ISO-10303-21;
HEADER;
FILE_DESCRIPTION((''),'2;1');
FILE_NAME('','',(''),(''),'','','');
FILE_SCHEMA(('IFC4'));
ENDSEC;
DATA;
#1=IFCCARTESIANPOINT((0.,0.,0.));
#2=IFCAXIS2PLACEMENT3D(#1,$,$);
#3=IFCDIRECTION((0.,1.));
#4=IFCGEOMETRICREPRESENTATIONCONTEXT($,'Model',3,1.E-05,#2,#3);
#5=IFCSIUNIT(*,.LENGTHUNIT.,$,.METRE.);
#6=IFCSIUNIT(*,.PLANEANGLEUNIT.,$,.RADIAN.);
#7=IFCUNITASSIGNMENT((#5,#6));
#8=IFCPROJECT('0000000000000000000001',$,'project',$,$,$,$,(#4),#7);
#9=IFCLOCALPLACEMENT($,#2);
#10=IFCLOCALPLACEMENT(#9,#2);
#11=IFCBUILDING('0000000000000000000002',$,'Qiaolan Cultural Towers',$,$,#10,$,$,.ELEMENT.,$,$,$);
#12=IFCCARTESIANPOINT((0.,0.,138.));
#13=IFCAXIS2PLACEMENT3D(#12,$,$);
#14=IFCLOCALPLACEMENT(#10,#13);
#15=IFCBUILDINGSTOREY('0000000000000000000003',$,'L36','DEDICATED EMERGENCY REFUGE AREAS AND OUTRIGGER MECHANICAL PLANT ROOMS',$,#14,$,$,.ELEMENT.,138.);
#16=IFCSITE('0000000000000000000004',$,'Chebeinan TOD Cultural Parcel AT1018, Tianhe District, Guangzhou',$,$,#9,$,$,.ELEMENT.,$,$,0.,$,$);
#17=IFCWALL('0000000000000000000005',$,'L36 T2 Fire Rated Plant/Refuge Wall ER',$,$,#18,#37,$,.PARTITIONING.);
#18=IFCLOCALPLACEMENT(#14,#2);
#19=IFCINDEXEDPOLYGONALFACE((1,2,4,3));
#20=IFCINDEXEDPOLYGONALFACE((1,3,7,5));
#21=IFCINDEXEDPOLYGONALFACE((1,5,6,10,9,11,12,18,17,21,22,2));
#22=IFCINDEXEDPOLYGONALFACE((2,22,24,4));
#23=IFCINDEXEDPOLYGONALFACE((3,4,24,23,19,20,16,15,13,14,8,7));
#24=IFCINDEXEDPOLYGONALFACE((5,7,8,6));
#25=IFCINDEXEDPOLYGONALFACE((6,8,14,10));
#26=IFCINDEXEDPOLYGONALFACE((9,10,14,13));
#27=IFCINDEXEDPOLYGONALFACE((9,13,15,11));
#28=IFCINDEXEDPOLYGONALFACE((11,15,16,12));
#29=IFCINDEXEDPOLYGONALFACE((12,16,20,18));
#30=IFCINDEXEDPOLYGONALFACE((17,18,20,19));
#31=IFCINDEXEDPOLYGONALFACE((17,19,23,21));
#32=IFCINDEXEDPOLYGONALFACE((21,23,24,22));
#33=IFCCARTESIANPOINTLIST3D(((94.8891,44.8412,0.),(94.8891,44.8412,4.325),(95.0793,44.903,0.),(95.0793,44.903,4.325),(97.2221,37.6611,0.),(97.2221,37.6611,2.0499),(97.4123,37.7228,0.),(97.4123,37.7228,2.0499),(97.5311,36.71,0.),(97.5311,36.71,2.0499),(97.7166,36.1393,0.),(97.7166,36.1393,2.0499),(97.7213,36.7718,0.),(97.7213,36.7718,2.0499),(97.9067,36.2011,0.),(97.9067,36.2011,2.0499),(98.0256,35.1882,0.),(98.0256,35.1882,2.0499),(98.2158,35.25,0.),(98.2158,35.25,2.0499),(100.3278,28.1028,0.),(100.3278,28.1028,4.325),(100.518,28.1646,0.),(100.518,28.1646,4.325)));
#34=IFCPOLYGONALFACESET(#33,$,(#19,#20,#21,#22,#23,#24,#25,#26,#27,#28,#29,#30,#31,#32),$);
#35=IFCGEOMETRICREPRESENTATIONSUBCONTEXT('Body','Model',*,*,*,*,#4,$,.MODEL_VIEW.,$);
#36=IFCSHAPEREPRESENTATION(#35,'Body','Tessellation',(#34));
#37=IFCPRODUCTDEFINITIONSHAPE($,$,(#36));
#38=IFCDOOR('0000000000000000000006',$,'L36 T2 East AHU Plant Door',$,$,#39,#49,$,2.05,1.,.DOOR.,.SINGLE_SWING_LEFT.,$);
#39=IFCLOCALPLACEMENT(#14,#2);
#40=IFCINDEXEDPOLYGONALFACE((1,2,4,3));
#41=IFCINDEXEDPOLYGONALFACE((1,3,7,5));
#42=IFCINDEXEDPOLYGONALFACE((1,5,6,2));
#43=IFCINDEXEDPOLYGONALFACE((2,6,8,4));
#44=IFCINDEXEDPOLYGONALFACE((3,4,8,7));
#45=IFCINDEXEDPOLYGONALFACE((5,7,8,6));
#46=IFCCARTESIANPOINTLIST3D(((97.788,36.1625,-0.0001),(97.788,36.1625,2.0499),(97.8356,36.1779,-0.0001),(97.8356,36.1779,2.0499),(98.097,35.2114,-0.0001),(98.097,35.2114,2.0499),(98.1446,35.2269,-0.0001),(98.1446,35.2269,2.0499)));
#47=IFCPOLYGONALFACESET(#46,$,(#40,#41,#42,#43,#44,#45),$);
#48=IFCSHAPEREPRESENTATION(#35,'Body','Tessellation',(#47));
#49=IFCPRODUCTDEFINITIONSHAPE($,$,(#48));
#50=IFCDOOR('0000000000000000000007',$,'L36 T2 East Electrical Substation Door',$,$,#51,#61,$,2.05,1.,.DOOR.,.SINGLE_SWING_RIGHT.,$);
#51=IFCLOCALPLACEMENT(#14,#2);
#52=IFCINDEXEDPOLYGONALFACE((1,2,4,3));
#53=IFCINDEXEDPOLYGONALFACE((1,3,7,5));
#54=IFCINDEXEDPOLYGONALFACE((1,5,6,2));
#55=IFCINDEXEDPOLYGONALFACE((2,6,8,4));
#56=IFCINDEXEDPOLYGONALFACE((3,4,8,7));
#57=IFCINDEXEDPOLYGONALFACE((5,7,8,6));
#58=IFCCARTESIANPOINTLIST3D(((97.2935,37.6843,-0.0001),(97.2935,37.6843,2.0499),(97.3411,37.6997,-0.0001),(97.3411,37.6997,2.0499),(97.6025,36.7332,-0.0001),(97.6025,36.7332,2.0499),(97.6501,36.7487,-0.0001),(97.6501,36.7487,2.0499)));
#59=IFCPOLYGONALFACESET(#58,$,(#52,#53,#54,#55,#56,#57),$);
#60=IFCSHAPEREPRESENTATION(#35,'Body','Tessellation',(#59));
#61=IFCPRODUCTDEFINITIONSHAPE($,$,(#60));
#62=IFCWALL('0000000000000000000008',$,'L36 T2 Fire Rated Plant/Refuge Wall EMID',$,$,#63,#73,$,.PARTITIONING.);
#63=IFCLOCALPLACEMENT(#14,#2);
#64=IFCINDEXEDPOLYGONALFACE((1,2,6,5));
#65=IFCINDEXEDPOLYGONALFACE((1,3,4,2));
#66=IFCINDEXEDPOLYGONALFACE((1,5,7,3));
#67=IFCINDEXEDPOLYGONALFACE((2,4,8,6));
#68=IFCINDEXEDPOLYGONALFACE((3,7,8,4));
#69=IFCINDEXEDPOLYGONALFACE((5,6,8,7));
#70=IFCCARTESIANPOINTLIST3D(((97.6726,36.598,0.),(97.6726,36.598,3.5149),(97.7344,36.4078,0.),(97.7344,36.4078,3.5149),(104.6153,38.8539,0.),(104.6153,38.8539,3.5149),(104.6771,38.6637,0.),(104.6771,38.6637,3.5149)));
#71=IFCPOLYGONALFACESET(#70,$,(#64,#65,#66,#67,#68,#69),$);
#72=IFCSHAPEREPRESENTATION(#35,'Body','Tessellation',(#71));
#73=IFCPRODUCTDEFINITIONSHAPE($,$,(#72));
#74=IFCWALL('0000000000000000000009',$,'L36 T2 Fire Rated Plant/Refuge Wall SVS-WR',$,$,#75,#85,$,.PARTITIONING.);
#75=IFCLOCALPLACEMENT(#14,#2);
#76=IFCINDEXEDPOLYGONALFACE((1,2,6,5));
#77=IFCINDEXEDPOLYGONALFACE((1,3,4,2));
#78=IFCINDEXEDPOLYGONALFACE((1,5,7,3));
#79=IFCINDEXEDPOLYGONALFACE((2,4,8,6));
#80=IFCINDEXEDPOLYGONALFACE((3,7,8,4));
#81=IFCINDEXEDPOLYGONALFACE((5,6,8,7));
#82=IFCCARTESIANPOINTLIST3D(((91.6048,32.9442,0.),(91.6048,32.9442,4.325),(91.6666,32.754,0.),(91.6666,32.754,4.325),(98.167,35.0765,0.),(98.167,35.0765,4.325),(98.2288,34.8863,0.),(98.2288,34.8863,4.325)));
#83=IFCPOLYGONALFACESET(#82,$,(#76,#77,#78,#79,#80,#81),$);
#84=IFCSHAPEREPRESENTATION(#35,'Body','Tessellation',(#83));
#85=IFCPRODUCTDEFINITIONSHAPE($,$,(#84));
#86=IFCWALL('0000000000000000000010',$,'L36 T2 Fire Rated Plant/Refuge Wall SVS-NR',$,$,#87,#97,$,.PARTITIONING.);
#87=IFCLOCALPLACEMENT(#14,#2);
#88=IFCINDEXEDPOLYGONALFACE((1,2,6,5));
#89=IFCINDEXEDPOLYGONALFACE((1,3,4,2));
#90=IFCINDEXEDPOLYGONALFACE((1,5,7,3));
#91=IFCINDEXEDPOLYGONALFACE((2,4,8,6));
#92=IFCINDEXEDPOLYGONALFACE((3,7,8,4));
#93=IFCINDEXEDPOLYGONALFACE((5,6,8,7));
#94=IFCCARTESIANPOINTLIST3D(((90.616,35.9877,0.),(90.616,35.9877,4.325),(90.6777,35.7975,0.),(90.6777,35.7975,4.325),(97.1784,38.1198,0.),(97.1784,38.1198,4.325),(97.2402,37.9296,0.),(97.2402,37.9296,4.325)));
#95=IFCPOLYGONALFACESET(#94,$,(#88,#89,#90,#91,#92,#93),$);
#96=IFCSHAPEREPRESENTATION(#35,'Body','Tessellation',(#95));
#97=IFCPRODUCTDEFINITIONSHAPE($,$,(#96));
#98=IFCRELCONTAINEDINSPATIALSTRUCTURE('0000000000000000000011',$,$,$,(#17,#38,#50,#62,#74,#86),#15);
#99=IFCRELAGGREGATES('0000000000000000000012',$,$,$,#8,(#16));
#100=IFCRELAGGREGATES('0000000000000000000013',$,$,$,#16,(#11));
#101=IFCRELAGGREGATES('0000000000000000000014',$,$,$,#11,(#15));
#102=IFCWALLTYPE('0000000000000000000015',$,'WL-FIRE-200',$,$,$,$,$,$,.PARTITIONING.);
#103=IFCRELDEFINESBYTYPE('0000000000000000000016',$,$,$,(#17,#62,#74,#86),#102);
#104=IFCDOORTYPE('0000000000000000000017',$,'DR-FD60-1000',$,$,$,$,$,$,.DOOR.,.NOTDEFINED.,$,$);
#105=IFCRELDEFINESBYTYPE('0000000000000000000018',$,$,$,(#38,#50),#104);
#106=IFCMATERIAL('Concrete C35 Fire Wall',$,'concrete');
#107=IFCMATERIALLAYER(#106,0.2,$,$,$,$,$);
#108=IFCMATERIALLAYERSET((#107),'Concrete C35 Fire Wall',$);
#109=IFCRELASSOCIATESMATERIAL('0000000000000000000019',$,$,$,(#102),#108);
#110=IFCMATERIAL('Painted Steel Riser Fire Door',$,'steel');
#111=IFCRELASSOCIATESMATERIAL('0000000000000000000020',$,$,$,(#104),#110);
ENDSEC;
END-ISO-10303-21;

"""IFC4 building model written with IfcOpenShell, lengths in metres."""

from ifc_helpers import new_model, si_unit, direction, frame, frame_2d, origin, place, context, subcontext, project, spatial, rectangle, extrude, material, layer, layer_set, type_object, element, fill, save


model = new_model("IFC4")

# Units and contexts
model_context = context("Model", 3, precision=1e-05, world=origin(), true_north=direction((0.0, 1.0)))
body_context = subcontext(model_context, "Body", "Model", "MODEL_VIEW")
ifc_project = project(units=[si_unit("LENGTHUNIT", "METRE"), si_unit("PLANEANGLEUNIT", "RADIAN")], contexts=[model_context])

# Site, building, storey
site_placement = place(None, origin())
site = spatial("IfcSite", under=ifc_project, at=site_placement, Name="Chebeinan TOD Cultural Parcel AT1018, Tianhe District, Guangzhou", CompositionType="ELEMENT", RefElevation=0.0)
building_placement = place(site_placement, origin())
building = spatial("IfcBuilding", under=site, at=building_placement, Name="Qiaolan Cultural Towers", CompositionType="ELEMENT")
storey_placement = place(building_placement, frame((0.0, 0.0, 138.0)))
storey = spatial("IfcBuildingStorey", under=building, at=storey_placement, Name="L36", Description="DEDICATED EMERGENCY REFUGE AREAS AND OUTRIGGER MECHANICAL PLANT ROOMS", CompositionType="ELEMENT", Elevation=138.0)

# Shared definitions
ifc_material_1 = material(Name="Concrete C35 Fire Wall", Category="concrete")
ifc_layer_1 = layer(ifc_material_1, 0.2)
ifc_layer_set_1 = layer_set([ifc_layer_1], Name="Concrete C35 Fire Wall")
wall_type = type_object("IfcWallType", Name="WL-FIRE-200", PredefinedType="PARTITIONING", material=ifc_layer_set_1)

# Wall, openings, doors
wall_1_placement = place(storey_placement, frame((100.4229, 28.1338, 0.0), z_axis=(0.0, 0.0, 1.0), x_axis=(-0.309019, 0.951056, 0.0)))
wall_1 = element("IfcWall", 1, at=wall_1_placement, inside=storey, type_object=wall_type, Name="L36 T2 Fire Rated Plant/Refuge Wall ER", PredefinedType="PARTITIONING", context=body_context, shape_type="SweptSolid", body=[
    extrude(rectangle(XDim=17.5999, YDim=0.2, at=frame_2d((8.7998, 0.0))), origin(), (0.0, 0.0, 1.0), 4.325),
])
opening_1_placement = place(wall_1_placement, frame((7.45, 0.0, 0.0)))
opening_1 = element("IfcOpeningElement", 2, at=opening_1_placement, cuts=wall_1, PredefinedType="OPENING", context=body_context, shape_type="SweptSolid", body=[
    extrude(rectangle(XDim=1.0, YDim=2.05, at=frame_2d((0.5, 1.0249))), frame((0.0, 0.1099, 0.0), z_axis=(0.0, -1.0, 0.0), x_axis=(1.0, 0.0, 0.0)), (0.0, 0.0, 1.0), 0.22),
])
opening_2_placement = place(wall_1_placement, frame((9.05, 0.0, 0.0)))
opening_2 = element("IfcOpeningElement", 3, at=opening_2_placement, cuts=wall_1, PredefinedType="OPENING", context=body_context, shape_type="SweptSolid", body=[
    extrude(rectangle(XDim=1.0, YDim=2.05, at=frame_2d((0.5, 1.0249))), frame((0.0, 0.1099, 0.0), z_axis=(0.0, -1.0, 0.0), x_axis=(1.0, 0.0, 0.0)), (0.0, 0.0, 1.0), 0.22),
])
ifc_material_2 = material(Name="Painted Steel Riser Fire Door", Category="steel")
door_type_1 = type_object("IfcDoorType", Name="DR-FD60-1000", OperationType="NOTDEFINED", PredefinedType="DOOR", material=ifc_material_2)
door_1_placement = place(opening_1_placement, origin())
door_1 = element("IfcDoor", 4, at=door_1_placement, inside=storey, type_object=door_type_1, Name="L36 T2 East AHU Plant Door", OperationType="SINGLE_SWING_LEFT", OverallHeight=2.05, OverallWidth=1.0, PredefinedType="DOOR", context=body_context, shape_type="SweptSolid", body=[
    extrude(rectangle(XDim=1.0, YDim=2.05, at=frame_2d((0.5, 1.0249))), frame((0.0, 0.0249, 0.0), z_axis=(0.0, -1.0, 0.0), x_axis=(1.0, 0.0, 0.0)), (0.0, 0.0, 1.0), 0.05),
])
fill(opening_1, door_1)
door_2_placement = place(opening_2_placement, origin())
door_2 = element("IfcDoor", 5, at=door_2_placement, inside=storey, type_object=door_type_1, Name="L36 T2 East Electrical Substation Door", OperationType="SINGLE_SWING_RIGHT", OverallHeight=2.05, OverallWidth=1.0, PredefinedType="DOOR", context=body_context, shape_type="SweptSolid", body=[
    extrude(rectangle(XDim=1.0, YDim=2.05, at=frame_2d((0.5, 1.0249))), frame((0.0, 0.0249, 0.0), z_axis=(0.0, -1.0, 0.0), x_axis=(1.0, 0.0, 0.0)), (0.0, 0.0, 1.0), 0.05),
])
fill(opening_2, door_2)

# Walls
wall_2_placement = place(storey_placement, frame((97.7036, 36.5029, 0.0), z_axis=(0.0, 0.0, 1.0), x_axis=(0.951054, 0.309025, 0.0)))
element("IfcWall", 6, at=wall_2_placement, inside=storey, type_object=wall_type, Name="L36 T2 Fire Rated Plant/Refuge Wall EMID", PredefinedType="PARTITIONING", context=body_context, shape_type="SweptSolid", body=[
    extrude(rectangle(XDim=7.3, YDim=0.2, at=frame_2d((3.6499, 0.0))), origin(), (0.0, 0.0, 1.0), 3.5149),
])
wall_3_placement = place(storey_placement, frame((91.6357, 32.8491, 0.0), z_axis=(0.0, 0.0, 1.0), x_axis=(0.951051, 0.309032, 0.0)))
element("IfcWall", 7, at=wall_3_placement, inside=storey, type_object=wall_type, Name="L36 T2 Fire Rated Plant/Refuge Wall SVS-WR", PredefinedType="PARTITIONING", context=body_context, shape_type="SweptSolid", body=[
    extrude(rectangle(XDim=6.8999, YDim=0.2, at=frame_2d((3.45, 0.0))), origin(), (0.0, 0.0, 1.0), 4.325),
])
wall_4_placement = place(storey_placement, frame((90.6467, 35.8926, 0.0), z_axis=(0.0, 0.0, 1.0), x_axis=(0.951065, 0.30899, 0.0)))
element("IfcWall", 8, at=wall_4_placement, inside=storey, type_object=wall_type, Name="L36 T2 Fire Rated Plant/Refuge Wall SVS-NR", PredefinedType="PARTITIONING", context=body_context, shape_type="SweptSolid", body=[
    extrude(rectangle(XDim=6.9001, YDim=0.2, at=frame_2d((3.4502, 0.0))), origin(), (0.0, 0.0, 1.0), 4.325),
])

save(model, "model.ifc")
